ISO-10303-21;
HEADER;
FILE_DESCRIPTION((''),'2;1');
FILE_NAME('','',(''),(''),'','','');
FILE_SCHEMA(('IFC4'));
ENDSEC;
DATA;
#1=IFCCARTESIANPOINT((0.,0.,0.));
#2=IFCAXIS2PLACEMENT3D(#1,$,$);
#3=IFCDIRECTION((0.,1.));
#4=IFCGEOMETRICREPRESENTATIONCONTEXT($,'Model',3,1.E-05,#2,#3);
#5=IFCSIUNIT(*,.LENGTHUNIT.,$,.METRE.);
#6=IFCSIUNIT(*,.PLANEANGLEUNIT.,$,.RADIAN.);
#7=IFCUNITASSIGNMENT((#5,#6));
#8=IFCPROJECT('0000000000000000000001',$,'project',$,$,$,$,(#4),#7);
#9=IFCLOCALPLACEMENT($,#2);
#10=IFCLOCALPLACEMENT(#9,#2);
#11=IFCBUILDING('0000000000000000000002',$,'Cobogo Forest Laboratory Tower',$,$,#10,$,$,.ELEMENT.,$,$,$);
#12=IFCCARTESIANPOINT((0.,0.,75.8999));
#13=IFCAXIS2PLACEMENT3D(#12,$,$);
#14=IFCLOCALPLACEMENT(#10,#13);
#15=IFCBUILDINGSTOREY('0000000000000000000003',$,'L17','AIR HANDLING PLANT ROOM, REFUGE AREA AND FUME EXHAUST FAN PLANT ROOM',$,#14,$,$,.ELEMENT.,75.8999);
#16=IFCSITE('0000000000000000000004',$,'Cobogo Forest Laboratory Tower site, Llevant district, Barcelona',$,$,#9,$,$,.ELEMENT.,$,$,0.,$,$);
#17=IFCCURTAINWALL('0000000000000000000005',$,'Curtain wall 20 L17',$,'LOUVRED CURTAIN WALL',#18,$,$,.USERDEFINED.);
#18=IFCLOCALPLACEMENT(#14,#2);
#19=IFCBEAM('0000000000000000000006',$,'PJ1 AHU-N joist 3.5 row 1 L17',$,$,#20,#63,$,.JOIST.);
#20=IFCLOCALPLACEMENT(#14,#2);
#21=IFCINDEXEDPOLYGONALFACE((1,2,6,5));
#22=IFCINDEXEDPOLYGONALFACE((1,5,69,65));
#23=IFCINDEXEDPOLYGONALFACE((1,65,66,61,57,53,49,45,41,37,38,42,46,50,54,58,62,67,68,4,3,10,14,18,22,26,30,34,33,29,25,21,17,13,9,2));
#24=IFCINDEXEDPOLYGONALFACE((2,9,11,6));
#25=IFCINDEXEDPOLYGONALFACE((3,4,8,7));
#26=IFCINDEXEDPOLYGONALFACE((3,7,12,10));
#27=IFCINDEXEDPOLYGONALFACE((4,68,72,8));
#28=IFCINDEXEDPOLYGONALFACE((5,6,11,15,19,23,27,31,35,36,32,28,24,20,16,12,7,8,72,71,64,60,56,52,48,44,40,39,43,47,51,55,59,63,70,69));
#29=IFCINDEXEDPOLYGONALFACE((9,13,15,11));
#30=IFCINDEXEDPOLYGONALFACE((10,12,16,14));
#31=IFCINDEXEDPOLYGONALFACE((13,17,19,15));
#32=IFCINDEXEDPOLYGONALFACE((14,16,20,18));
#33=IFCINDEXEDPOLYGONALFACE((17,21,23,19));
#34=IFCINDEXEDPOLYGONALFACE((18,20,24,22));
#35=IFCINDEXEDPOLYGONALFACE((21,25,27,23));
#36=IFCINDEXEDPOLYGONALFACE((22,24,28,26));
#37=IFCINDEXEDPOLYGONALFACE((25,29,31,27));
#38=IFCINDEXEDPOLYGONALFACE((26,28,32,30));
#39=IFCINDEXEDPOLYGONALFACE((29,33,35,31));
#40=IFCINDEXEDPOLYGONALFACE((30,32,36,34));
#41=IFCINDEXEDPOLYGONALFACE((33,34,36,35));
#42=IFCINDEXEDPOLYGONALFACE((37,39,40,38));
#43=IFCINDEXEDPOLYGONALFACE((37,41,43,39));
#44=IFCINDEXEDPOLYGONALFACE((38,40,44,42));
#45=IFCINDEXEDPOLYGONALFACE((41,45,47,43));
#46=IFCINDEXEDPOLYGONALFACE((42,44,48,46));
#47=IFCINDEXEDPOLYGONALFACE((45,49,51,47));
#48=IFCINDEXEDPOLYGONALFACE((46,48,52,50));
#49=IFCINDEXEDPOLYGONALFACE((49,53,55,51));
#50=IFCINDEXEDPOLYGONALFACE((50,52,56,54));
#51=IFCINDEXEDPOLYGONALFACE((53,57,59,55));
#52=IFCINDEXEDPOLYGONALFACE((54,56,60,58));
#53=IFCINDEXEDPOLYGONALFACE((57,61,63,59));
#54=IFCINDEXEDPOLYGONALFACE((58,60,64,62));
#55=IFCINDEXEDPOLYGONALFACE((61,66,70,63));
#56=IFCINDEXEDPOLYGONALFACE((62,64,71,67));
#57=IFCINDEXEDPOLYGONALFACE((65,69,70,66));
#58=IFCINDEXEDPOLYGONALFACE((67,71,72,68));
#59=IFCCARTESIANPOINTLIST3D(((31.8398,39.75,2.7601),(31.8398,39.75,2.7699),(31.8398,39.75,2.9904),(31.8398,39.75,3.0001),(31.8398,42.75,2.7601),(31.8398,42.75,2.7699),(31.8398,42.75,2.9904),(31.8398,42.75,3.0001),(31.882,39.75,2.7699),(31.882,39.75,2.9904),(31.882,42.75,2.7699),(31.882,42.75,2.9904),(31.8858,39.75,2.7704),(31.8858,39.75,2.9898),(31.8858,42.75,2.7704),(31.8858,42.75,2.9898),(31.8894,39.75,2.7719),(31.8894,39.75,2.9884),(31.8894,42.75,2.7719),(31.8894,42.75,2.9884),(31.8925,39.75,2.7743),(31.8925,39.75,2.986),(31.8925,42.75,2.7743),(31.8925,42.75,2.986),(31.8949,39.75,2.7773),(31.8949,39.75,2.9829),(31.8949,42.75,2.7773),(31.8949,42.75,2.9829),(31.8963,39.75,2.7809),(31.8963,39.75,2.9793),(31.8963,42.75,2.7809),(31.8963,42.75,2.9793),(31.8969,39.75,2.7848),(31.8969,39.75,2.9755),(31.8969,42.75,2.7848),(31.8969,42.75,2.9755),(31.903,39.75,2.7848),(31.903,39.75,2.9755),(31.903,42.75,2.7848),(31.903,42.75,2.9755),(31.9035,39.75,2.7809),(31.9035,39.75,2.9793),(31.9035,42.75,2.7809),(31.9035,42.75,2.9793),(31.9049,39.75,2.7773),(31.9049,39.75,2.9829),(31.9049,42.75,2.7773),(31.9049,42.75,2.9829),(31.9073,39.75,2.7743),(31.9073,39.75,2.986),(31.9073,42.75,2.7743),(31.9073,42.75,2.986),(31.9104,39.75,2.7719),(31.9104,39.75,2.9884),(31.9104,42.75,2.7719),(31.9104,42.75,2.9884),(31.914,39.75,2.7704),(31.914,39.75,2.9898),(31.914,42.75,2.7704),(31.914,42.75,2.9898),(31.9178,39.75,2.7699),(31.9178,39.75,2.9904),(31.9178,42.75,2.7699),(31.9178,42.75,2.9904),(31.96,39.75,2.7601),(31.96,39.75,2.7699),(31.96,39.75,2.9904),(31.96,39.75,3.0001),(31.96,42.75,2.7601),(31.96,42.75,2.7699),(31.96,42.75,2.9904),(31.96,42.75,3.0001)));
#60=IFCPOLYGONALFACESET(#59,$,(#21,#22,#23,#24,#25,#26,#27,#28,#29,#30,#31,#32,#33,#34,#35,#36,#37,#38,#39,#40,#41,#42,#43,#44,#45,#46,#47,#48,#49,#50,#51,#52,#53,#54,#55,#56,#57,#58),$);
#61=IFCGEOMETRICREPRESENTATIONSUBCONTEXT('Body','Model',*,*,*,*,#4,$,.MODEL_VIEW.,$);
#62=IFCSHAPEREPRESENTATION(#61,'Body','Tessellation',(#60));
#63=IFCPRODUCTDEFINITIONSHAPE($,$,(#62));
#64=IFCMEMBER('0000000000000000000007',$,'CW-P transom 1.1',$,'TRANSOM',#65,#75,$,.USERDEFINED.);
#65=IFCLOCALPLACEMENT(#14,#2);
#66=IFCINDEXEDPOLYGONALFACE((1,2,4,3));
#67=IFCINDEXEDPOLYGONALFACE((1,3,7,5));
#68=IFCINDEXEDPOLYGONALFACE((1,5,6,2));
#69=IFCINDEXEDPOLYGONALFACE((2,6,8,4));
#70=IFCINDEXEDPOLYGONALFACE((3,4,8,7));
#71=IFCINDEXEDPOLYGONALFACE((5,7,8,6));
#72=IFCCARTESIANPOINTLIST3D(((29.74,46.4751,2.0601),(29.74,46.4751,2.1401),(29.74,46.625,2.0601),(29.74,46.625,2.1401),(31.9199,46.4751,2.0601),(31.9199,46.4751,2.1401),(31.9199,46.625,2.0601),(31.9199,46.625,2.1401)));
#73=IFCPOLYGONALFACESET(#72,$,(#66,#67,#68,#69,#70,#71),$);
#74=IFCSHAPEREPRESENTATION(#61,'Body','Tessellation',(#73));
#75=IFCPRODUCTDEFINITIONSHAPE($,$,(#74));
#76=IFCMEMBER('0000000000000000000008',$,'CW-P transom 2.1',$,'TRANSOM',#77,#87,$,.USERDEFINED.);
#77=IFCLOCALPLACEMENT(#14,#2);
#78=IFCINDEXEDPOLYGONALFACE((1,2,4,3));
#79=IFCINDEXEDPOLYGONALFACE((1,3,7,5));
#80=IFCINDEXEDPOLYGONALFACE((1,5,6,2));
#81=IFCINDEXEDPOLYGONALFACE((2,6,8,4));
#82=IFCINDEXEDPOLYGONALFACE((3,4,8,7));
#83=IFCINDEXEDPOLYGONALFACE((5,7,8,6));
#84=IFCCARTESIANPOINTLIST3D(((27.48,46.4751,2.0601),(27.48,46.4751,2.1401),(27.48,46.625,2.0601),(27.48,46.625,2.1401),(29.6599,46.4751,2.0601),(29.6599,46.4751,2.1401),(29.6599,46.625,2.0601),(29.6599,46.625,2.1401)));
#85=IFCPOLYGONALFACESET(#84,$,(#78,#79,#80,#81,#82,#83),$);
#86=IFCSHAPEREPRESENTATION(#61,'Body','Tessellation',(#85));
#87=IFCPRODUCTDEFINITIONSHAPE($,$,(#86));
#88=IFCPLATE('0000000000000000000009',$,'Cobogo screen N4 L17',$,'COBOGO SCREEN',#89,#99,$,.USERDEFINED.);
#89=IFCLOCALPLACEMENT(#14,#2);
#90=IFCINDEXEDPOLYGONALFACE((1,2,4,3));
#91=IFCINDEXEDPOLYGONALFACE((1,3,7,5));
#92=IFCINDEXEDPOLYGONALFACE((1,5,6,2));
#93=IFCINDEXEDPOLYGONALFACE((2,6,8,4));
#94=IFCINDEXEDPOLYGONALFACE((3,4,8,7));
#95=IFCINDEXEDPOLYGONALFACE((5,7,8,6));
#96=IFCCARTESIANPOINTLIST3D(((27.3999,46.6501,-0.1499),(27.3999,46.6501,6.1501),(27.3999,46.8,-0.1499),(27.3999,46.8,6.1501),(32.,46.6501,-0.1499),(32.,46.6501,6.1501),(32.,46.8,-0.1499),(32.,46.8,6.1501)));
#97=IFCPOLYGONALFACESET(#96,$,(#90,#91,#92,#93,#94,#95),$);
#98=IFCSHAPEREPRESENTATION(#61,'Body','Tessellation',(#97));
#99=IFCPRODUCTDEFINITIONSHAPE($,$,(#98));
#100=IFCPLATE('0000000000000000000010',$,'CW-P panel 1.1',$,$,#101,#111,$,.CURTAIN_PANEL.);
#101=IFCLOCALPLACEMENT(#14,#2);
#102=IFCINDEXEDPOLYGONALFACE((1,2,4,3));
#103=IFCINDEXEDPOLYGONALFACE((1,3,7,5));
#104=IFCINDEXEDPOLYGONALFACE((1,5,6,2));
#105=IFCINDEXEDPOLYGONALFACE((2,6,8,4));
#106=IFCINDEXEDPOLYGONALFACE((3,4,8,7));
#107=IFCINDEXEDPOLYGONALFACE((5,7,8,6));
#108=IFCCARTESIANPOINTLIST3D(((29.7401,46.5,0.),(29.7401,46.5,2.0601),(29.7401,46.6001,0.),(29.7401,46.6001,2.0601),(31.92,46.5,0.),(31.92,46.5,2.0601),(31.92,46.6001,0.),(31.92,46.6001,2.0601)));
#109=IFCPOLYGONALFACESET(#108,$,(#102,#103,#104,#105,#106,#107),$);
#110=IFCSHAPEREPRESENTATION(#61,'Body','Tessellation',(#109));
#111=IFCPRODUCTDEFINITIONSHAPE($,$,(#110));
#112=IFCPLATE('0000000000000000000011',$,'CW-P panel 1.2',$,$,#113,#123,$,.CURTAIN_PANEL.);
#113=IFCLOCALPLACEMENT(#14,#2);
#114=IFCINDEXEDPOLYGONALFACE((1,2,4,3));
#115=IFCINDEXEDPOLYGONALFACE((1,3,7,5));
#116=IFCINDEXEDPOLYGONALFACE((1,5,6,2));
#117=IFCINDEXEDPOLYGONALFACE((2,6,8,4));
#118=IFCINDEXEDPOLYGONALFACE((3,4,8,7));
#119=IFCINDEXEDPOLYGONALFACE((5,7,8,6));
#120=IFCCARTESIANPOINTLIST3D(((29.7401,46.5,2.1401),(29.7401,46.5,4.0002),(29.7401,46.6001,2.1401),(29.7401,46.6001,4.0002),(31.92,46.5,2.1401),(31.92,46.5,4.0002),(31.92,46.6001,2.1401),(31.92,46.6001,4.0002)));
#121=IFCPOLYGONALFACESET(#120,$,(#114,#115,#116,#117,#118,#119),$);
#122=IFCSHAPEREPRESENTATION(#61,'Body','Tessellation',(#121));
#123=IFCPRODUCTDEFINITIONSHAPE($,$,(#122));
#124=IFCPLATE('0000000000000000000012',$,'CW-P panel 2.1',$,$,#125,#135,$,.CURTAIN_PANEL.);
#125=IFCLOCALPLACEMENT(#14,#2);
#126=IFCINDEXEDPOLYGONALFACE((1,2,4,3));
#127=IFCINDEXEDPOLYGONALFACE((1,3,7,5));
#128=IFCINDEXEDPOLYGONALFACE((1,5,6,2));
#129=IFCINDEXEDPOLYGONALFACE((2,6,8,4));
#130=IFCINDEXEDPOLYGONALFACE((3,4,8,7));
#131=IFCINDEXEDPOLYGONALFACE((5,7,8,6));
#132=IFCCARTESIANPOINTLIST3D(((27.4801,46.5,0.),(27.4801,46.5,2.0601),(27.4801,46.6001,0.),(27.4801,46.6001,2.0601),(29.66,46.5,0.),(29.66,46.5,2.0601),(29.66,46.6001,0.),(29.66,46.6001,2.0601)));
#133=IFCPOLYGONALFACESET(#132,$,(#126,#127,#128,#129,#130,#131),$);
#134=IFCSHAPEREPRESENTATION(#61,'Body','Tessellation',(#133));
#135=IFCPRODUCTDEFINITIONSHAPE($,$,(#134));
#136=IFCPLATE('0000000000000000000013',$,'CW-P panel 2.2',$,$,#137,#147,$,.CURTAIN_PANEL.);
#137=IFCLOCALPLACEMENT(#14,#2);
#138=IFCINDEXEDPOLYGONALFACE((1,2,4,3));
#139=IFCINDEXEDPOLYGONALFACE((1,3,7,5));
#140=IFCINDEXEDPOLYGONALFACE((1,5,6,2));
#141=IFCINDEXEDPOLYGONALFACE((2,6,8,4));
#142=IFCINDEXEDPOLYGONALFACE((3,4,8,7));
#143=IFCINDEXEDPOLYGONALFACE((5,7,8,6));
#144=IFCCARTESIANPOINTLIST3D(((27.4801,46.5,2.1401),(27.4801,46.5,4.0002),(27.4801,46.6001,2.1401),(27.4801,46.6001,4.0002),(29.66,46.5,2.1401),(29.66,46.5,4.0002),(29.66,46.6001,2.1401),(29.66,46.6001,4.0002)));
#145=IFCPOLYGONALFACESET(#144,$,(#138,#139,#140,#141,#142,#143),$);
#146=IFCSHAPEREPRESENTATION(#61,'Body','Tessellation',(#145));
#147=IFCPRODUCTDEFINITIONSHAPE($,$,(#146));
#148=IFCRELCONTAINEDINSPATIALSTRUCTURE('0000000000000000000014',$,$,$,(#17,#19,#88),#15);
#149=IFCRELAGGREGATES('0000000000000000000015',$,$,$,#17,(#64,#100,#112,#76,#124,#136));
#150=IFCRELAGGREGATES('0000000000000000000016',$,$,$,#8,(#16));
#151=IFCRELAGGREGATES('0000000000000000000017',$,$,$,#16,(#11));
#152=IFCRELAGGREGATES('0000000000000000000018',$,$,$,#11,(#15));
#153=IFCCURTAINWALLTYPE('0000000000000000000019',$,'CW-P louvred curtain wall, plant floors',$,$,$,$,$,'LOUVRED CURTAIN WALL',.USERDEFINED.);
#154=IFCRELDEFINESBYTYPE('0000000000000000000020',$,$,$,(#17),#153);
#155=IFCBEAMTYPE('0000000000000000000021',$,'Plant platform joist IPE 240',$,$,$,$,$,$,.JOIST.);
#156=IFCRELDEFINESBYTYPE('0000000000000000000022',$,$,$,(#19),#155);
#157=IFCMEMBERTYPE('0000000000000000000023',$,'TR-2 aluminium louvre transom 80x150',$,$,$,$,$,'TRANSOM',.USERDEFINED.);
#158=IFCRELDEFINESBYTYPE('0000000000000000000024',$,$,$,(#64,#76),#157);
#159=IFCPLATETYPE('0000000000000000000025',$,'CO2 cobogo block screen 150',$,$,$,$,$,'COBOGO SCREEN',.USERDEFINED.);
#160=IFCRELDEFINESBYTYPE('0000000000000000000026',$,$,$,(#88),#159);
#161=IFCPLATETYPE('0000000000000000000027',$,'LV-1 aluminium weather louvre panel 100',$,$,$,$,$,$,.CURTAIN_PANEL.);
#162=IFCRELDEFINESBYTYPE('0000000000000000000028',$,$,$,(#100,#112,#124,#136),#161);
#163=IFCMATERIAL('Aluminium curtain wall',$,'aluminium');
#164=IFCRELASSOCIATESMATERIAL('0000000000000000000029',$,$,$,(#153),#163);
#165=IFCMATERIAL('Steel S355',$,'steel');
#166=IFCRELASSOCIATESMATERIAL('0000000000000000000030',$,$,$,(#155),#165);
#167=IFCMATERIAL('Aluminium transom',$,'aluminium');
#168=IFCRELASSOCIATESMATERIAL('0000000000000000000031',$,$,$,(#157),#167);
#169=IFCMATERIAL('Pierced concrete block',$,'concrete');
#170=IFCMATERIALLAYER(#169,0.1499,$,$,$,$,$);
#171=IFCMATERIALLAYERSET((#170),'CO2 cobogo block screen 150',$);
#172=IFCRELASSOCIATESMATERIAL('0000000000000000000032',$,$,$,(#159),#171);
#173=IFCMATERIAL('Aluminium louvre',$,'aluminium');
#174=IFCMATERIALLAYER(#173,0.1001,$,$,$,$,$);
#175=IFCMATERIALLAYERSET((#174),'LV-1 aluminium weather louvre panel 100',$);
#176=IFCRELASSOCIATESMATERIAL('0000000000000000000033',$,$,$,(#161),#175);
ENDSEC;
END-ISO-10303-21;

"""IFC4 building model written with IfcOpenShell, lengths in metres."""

from ifc_helpers import new_model, si_unit, direction, frame, origin, origin_2d, place, context, subcontext, project, spatial, rectangle, i_section, extrude, material, layer, layer_set, material_profile, profile_set, type_object, element, aggregate, save


model = new_model("IFC4")

# Units and contexts
model_context = context("Model", 3, precision=1e-05, world=origin(), true_north=direction((0.0, 1.0)))
body_context = subcontext(model_context, "Body", "Model", "MODEL_VIEW")
ifc_project = project(units=[si_unit("LENGTHUNIT", "METRE"), si_unit("PLANEANGLEUNIT", "RADIAN")], contexts=[model_context])

# Site, building, storey
site_placement = place(None, origin())
site = spatial("IfcSite", under=ifc_project, at=site_placement, Name="Cobogo Forest Laboratory Tower site, Llevant district, Barcelona", CompositionType="ELEMENT", RefElevation=0.0)
building_placement = place(site_placement, origin())
building = spatial("IfcBuilding", under=site, at=building_placement, Name="Cobogo Forest Laboratory Tower", CompositionType="ELEMENT")
storey_placement = place(building_placement, frame((0.0, 0.0, 75.8999)))
storey = spatial("IfcBuildingStorey", under=building, at=storey_placement, Name="L17", Description="AIR HANDLING PLANT ROOM, REFUGE AREA AND FUME EXHAUST FAN PLANT ROOM", CompositionType="ELEMENT", Elevation=75.8999)

# Curtain wall
ifc_material_1 = material(Name="Aluminium curtain wall", Category="aluminium")
curtain_wall_type = type_object("IfcCurtainWallType", Name="CW-P louvred curtain wall, plant floors", ElementType="LOUVRED CURTAIN WALL", PredefinedType="USERDEFINED", material=ifc_material_1)
curtain_wall_placement = place(storey_placement, origin())
curtain_wall = element("IfcCurtainWall", 1, at=curtain_wall_placement, inside=storey, type_object=curtain_wall_type, Name="Curtain wall 20 L17", ObjectType="LOUVRED CURTAIN WALL", PredefinedType="USERDEFINED")

# Shared definitions
ifc_material_2 = material(Name="Steel S355", Category="steel")

# Beam
ifc_material_profile_1 = material_profile(ifc_material_2, i_section(OverallWidth=0.1201, OverallDepth=0.24, WebThickness=0.0061, FlangeThickness=0.0098, FilletRadius=0.0149, at=origin_2d()), Name="IPE 240")
ifc_profile_set_1 = profile_set([ifc_material_profile_1], Name="Steel S355")
beam_type_1 = type_object("IfcBeamType", Name="Plant platform joist IPE 240", PredefinedType="JOIST", material=ifc_profile_set_1)
for number, where, z_axis, x_axis, name in (
    (2, (31.8999, 42.75, 2.8801), (0.0, -1.0, 0.0), (1.0, 0.0, 0.0), "PJ1 AHU-N joist 3.5 row 1 L17"),
):
    element("IfcBeam", number, at=place(storey_placement, frame(where, z_axis=z_axis, x_axis=x_axis)), inside=storey, type_object=beam_type_1, Name=name, PredefinedType="JOIST", context=body_context, shape_type="SweptSolid", body=[
        extrude(i_section(OverallWidth=0.1201, OverallDepth=0.24, WebThickness=0.0061, FlangeThickness=0.0098, FilletRadius=0.0149, at=origin_2d()), origin(), (0.0, 0.0, 1.0), 3.0),
    ])

# Members
ifc_material_3 = material(Name="Aluminium transom", Category="aluminium")
ifc_material_profile_2 = material_profile(ifc_material_3, rectangle(XDim=0.1499, YDim=0.0801, at=origin_2d()), Name="AL 80x150")
ifc_profile_set_2 = profile_set([ifc_material_profile_2], Name="Aluminium transom")
member_type_1 = type_object("IfcMemberType", Name="TR-2 aluminium louvre transom 80x150", ElementType="TRANSOM", PredefinedType="USERDEFINED", material=ifc_profile_set_2)
member_1_placement = place(storey_placement, frame((31.9199, 46.55, 2.1001), z_axis=(-1.0, 0.0, 0.0), x_axis=(0.0, -1.0, 0.0)))
member_1 = element("IfcMember", 3, at=member_1_placement, type_object=member_type_1, Name="CW-P transom 1.1", ObjectType="TRANSOM", PredefinedType="USERDEFINED", context=body_context, shape_type="SweptSolid", body=[
    extrude(rectangle(XDim=0.1499, YDim=0.0801, at=origin_2d()), origin(), (0.0, 0.0, 1.0), 2.1799),
])
member_2_placement = place(storey_placement, frame((29.6599, 46.55, 2.1001), z_axis=(-1.0, 0.0, 0.0), x_axis=(0.0, -1.0, 0.0)))
member_2 = element("IfcMember", 4, at=member_2_placement, type_object=member_type_1, Name="CW-P transom 2.1", ObjectType="TRANSOM", PredefinedType="USERDEFINED", context=body_context, shape_type="SweptSolid", body=[
    extrude(rectangle(XDim=0.1499, YDim=0.0801, at=origin_2d()), origin(), (0.0, 0.0, 1.0), 2.1799),
])

# Plates
ifc_material_4 = material(Name="Pierced concrete block", Category="concrete")
ifc_layer_1 = layer(ifc_material_4, 0.1499)
ifc_layer_set_1 = layer_set([ifc_layer_1], Name="CO2 cobogo block screen 150")
plate_type_1 = type_object("IfcPlateType", Name="CO2 cobogo block screen 150", ElementType="COBOGO SCREEN", PredefinedType="USERDEFINED", material=ifc_layer_set_1)
plate_1_placement = place(storey_placement, frame((29.7, 46.7251, -0.1499), z_axis=(0.0, 0.0, 1.0), x_axis=(1.0, 0.0, 0.0)))
element("IfcPlate", 5, at=plate_1_placement, inside=storey, type_object=plate_type_1, Name="Cobogo screen N4 L17", ObjectType="COBOGO SCREEN", PredefinedType="USERDEFINED", context=body_context, shape_type="SweptSolid", body=[
    extrude(rectangle(XDim=4.6001, YDim=0.1499, at=origin_2d()), origin(), (0.0, 0.0, 1.0), 6.3),
])
ifc_material_5 = material(Name="Aluminium louvre", Category="aluminium")
ifc_layer_2 = layer(ifc_material_5, 0.1001)
ifc_layer_set_2 = layer_set([ifc_layer_2], Name="LV-1 aluminium weather louvre panel 100")
plate_type_2 = type_object("IfcPlateType", Name="LV-1 aluminium weather louvre panel 100", PredefinedType="CURTAIN_PANEL", material=ifc_layer_set_2)
plate_2_placement = place(storey_placement, frame((30.8301, 46.55, 0.0), z_axis=(0.0, 0.0, 1.0), x_axis=(-1.0, 0.0, 0.0)))
plate_2 = element("IfcPlate", 6, at=plate_2_placement, type_object=plate_type_2, Name="CW-P panel 1.1", PredefinedType="CURTAIN_PANEL", context=body_context, shape_type="SweptSolid", body=[
    extrude(rectangle(XDim=2.1799, YDim=0.1001, at=origin_2d()), origin(), (0.0, 0.0, 1.0), 2.0601),
])
plate_3_placement = place(storey_placement, frame((30.8301, 46.55, 2.1401), z_axis=(0.0, 0.0, 1.0), x_axis=(-1.0, 0.0, 0.0)))
plate_3 = element("IfcPlate", 7, at=plate_3_placement, type_object=plate_type_2, Name="CW-P panel 1.2", PredefinedType="CURTAIN_PANEL", context=body_context, shape_type="SweptSolid", body=[
    extrude(rectangle(XDim=2.1799, YDim=0.1001, at=origin_2d()), origin(), (0.0, 0.0, 1.0), 1.8601),
])
plate_4_placement = place(storey_placement, frame((28.5701, 46.55, 0.0), z_axis=(0.0, 0.0, 1.0), x_axis=(-1.0, 0.0, 0.0)))
plate_4 = element("IfcPlate", 8, at=plate_4_placement, type_object=plate_type_2, Name="CW-P panel 2.1", PredefinedType="CURTAIN_PANEL", context=body_context, shape_type="SweptSolid", body=[
    extrude(rectangle(XDim=2.1799, YDim=0.1001, at=origin_2d()), origin(), (0.0, 0.0, 1.0), 2.0601),
])
plate_5_placement = place(storey_placement, frame((28.5701, 46.55, 2.1401), z_axis=(0.0, 0.0, 1.0), x_axis=(-1.0, 0.0, 0.0)))
plate_5 = element("IfcPlate", 9, at=plate_5_placement, type_object=plate_type_2, Name="CW-P panel 2.2", PredefinedType="CURTAIN_PANEL", context=body_context, shape_type="SweptSolid", body=[
    extrude(rectangle(XDim=2.1799, YDim=0.1001, at=origin_2d()), origin(), (0.0, 0.0, 1.0), 1.8601),
])
aggregate(curtain_wall, [member_1, plate_2, plate_3, member_2, plate_4, plate_5])

save(model, "model.ifc")
